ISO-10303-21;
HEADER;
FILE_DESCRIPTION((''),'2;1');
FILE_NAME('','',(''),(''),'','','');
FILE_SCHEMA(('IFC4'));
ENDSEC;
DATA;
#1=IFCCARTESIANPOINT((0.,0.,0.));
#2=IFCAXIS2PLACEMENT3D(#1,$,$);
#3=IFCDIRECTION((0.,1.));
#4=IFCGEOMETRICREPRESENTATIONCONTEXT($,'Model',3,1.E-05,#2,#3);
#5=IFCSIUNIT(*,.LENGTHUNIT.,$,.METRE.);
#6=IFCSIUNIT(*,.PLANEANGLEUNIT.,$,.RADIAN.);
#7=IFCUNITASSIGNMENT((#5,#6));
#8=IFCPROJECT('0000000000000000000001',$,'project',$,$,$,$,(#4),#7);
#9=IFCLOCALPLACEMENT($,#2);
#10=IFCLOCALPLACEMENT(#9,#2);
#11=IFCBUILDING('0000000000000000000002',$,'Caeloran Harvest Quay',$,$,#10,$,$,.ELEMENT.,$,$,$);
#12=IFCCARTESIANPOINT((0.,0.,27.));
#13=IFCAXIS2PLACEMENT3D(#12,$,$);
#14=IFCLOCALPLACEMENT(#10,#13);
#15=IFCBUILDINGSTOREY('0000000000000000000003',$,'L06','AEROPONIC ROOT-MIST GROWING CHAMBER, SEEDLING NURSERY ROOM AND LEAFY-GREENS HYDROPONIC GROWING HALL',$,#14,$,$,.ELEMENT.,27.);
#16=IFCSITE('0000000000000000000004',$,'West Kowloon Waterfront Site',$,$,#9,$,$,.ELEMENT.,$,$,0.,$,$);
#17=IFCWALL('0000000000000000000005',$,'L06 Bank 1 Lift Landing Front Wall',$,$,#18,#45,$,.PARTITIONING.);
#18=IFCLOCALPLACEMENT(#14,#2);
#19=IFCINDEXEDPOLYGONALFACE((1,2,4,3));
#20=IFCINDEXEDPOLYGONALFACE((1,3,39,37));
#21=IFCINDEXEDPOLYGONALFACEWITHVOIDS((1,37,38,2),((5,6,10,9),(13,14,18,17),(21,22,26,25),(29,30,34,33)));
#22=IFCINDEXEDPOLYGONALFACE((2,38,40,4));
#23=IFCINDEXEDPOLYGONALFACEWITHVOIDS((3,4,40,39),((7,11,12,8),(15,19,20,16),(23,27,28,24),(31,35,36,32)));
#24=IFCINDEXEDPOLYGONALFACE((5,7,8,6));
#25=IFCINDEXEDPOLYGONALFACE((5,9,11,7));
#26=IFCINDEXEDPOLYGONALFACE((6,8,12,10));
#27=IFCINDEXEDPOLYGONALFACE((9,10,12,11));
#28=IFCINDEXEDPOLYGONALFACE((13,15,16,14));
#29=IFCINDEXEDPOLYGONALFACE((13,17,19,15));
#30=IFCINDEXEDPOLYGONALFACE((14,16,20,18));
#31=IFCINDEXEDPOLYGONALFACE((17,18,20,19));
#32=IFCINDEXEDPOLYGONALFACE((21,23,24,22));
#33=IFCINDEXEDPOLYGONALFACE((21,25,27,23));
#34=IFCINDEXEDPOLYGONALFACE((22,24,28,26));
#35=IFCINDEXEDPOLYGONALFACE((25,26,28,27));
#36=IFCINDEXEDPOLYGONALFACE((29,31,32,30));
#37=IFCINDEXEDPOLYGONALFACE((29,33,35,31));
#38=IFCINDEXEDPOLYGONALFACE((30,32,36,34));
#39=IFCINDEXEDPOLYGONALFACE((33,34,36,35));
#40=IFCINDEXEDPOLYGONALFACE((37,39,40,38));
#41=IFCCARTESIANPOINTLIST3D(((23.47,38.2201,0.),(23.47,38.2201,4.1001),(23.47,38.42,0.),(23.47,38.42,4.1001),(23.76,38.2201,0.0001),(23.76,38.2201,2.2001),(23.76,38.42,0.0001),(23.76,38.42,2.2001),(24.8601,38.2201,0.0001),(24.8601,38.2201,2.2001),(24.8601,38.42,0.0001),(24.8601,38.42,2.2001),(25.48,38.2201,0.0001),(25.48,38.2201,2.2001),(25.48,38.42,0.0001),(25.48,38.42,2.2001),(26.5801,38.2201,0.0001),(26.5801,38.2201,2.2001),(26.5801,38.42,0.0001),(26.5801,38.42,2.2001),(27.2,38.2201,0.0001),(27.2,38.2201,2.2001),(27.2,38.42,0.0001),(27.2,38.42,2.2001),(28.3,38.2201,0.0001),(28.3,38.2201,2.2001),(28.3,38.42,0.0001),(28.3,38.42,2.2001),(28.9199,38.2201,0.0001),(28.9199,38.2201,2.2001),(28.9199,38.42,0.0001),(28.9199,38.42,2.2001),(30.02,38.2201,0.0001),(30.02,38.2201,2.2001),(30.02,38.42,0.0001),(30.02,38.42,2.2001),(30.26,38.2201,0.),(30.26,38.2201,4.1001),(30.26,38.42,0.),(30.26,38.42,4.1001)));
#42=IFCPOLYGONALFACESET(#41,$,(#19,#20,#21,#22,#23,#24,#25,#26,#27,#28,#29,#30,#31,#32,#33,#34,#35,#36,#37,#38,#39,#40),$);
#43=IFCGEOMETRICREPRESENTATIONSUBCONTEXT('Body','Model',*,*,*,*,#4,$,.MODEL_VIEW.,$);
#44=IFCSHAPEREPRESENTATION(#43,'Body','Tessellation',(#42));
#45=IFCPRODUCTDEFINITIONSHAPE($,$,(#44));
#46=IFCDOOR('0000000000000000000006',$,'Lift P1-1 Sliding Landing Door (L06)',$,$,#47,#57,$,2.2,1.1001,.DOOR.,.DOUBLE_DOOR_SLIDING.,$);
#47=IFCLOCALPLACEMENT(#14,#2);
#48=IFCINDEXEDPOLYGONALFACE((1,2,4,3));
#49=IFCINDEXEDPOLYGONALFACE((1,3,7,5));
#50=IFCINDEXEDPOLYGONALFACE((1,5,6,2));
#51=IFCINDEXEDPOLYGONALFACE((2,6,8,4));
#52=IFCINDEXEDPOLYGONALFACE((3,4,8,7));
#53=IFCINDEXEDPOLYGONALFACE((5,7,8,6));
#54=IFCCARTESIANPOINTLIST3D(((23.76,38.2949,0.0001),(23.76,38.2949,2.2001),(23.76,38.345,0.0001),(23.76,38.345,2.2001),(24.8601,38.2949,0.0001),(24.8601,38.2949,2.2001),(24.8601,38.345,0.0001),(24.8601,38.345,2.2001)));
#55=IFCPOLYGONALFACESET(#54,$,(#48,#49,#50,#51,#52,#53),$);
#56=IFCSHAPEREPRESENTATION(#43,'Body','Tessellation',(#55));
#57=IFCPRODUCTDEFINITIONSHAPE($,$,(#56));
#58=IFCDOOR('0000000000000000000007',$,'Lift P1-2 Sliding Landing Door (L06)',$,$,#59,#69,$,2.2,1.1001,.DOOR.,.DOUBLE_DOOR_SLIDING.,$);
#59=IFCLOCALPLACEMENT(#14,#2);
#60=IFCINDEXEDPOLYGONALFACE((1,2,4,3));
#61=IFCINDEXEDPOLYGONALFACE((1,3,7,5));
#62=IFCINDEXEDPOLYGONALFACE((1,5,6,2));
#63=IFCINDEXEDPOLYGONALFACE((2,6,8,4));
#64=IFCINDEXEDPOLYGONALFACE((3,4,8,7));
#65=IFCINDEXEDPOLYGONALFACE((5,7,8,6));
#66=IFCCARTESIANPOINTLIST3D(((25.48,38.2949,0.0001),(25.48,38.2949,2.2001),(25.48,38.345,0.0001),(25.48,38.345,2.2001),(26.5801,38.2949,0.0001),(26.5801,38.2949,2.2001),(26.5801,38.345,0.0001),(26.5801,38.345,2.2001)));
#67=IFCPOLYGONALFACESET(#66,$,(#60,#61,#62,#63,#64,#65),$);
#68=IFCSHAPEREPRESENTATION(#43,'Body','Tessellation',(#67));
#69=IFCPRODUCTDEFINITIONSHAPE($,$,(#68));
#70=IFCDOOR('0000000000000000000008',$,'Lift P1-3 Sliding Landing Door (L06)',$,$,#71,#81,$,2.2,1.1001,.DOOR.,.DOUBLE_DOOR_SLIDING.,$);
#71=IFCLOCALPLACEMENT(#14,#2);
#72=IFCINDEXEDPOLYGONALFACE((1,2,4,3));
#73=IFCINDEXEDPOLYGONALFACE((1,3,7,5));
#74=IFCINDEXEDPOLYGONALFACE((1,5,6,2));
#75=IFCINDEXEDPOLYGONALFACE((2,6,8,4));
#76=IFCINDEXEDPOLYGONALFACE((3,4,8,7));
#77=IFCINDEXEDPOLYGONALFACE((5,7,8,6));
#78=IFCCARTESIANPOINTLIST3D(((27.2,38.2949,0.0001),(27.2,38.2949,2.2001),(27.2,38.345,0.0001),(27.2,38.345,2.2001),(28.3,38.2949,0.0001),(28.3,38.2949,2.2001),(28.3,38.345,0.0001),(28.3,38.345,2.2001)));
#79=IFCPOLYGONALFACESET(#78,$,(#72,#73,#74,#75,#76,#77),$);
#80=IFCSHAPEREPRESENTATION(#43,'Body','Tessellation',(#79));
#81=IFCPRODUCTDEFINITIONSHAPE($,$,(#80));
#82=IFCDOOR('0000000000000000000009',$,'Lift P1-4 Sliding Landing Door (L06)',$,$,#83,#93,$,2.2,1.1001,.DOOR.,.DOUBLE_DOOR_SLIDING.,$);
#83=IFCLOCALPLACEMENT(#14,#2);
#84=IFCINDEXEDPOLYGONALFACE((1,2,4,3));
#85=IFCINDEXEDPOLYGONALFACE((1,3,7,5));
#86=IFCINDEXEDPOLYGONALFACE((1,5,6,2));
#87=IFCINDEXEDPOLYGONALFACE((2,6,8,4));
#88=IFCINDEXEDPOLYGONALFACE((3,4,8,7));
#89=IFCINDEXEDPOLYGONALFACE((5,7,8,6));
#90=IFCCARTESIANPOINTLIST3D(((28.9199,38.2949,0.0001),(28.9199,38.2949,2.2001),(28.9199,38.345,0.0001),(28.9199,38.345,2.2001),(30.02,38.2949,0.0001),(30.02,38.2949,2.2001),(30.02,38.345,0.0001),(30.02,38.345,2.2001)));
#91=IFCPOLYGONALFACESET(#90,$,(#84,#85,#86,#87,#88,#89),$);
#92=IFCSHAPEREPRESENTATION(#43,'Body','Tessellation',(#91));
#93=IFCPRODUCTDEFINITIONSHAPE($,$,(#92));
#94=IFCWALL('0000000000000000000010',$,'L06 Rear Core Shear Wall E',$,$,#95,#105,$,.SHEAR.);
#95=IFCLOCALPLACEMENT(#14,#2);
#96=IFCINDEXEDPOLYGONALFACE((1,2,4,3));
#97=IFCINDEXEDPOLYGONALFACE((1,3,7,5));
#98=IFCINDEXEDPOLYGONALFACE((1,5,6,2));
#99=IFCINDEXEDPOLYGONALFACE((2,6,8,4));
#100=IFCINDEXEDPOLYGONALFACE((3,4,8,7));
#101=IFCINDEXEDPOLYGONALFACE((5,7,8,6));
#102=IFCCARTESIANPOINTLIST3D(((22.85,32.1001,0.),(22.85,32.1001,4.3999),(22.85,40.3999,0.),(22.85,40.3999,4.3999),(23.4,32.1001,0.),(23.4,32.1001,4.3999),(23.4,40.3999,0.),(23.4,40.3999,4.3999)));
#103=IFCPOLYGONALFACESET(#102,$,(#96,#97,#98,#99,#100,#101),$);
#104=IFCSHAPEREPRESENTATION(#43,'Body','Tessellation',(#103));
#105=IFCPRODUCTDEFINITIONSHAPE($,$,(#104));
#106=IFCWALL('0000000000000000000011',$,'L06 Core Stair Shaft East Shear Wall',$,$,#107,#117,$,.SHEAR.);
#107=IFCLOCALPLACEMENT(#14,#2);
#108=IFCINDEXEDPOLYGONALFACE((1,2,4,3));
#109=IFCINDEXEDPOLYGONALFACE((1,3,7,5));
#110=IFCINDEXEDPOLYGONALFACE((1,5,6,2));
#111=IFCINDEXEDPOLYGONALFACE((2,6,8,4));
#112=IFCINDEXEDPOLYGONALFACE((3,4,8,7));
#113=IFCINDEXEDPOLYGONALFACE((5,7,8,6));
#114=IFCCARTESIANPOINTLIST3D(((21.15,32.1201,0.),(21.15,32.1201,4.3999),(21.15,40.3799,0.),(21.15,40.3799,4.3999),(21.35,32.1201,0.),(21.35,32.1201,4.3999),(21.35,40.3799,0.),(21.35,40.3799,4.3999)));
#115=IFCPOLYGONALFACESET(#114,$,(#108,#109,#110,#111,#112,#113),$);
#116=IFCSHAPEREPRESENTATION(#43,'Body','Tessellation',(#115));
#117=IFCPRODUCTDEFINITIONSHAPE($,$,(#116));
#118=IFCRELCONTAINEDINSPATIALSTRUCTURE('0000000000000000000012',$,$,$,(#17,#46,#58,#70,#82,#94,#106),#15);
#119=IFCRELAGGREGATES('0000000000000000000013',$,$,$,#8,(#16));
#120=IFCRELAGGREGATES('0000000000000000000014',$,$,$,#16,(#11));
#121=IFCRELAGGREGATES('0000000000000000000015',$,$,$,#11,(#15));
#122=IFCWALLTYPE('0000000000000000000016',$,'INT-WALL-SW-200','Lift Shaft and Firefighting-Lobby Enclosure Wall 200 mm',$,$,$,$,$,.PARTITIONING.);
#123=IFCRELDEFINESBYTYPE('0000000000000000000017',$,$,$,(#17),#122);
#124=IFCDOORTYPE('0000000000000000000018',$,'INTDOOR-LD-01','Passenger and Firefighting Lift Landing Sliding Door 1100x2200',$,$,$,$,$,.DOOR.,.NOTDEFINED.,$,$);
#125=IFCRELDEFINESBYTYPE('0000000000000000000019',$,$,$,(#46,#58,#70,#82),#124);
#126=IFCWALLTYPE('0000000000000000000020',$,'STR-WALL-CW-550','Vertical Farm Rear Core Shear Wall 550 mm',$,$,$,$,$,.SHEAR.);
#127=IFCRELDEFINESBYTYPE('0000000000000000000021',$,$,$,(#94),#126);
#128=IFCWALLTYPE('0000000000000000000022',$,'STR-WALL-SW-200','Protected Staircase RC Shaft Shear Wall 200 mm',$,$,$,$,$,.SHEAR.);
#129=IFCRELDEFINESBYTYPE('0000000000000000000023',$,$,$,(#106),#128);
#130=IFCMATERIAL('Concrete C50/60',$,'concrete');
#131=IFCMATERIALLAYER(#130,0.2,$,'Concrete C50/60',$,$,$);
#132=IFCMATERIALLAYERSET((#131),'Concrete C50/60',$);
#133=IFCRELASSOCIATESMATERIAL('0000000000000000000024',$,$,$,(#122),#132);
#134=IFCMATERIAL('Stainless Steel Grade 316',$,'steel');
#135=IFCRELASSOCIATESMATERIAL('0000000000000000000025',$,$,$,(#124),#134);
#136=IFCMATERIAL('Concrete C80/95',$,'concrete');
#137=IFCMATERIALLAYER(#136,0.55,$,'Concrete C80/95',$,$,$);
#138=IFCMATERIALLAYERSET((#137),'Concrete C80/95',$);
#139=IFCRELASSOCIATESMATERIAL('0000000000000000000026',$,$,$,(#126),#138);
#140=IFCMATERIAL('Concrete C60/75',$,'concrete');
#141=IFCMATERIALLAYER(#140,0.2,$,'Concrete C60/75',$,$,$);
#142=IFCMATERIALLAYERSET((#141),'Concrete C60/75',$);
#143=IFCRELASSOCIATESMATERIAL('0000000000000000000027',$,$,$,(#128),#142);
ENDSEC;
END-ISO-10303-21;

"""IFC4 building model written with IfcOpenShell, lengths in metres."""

from ifc_helpers import new_model, si_unit, direction, frame, frame_2d, origin, place, context, subcontext, project, spatial, rectangle, extrude, material, layer, layer_set, type_object, element, fill, save


model = new_model("IFC4")

# Units and contexts
model_context = context("Model", 3, precision=1e-05, world=origin(), true_north=direction((0.0, 1.0)))
body_context = subcontext(model_context, "Body", "Model", "MODEL_VIEW")
ifc_project = project(units=[si_unit("LENGTHUNIT", "METRE"), si_unit("PLANEANGLEUNIT", "RADIAN")], contexts=[model_context])

# Site, building, storey
site_placement = place(None, origin())
site = spatial("IfcSite", under=ifc_project, at=site_placement, Name="West Kowloon Waterfront Site", CompositionType="ELEMENT", RefElevation=0.0)
building_placement = place(site_placement, origin())
building = spatial("IfcBuilding", under=site, at=building_placement, Name="Caeloran Harvest Quay", CompositionType="ELEMENT")
storey_placement = place(building_placement, frame((0.0, 0.0, 27.0)))
storey = spatial("IfcBuildingStorey", under=building, at=storey_placement, Name="L06", Description="AEROPONIC ROOT-MIST GROWING CHAMBER, SEEDLING NURSERY ROOM AND LEAFY-GREENS HYDROPONIC GROWING HALL", CompositionType="ELEMENT", Elevation=27.0)

# Shared definitions
ifc_material_1 = material(Name="Concrete C80/95", Category="concrete")

# Shared definitions
ifc_material_2 = material(Name="Concrete C50/60", Category="concrete")
ifc_layer_1 = layer(ifc_material_2, 0.2, Name="Concrete C50/60")
ifc_layer_set_1 = layer_set([ifc_layer_1], Name="Concrete C50/60")
wall_type_1 = type_object("IfcWallType", Name="INT-WALL-SW-200", Description="Lift Shaft and Firefighting-Lobby Enclosure Wall 200 mm", PredefinedType="PARTITIONING", material=ifc_layer_set_1)
ifc_material_3 = material(Name="Stainless Steel Grade 316", Category="steel")

# Wall, openings, doors
wall_1_placement = place(storey_placement, frame((23.47, 38.3201, 0.0), z_axis=(0.0, 0.0, 1.0), x_axis=(1.0, 0.0, 0.0)))
wall_1 = element("IfcWall", 1, at=wall_1_placement, inside=storey, type_object=wall_type_1, Name="L06 Bank 1 Lift Landing Front Wall", PredefinedType="PARTITIONING", context=body_context, shape_type="SweptSolid", body=[
    extrude(rectangle(XDim=6.79, YDim=0.2, at=frame_2d((3.395, 0.0))), origin(), (0.0, 0.0, 1.0), 4.1001),
])
opening_1_placement = place(wall_1_placement, frame((0.29, 0.0, 0.0)))
opening_1 = element("IfcOpeningElement", 2, at=opening_1_placement, cuts=wall_1, PredefinedType="OPENING", context=body_context, shape_type="SweptSolid", body=[
    extrude(rectangle(XDim=1.1001, YDim=2.2, at=frame_2d((0.55, 1.1001))), frame((0.0, 0.1099, 0.0), z_axis=(0.0, -1.0, 0.0), x_axis=(1.0, 0.0, 0.0)), (0.0, 0.0, 1.0), 0.22),
])
opening_2_placement = place(wall_1_placement, frame((2.01, 0.0, 0.0)))
opening_2 = element("IfcOpeningElement", 3, at=opening_2_placement, cuts=wall_1, PredefinedType="OPENING", context=body_context, shape_type="SweptSolid", body=[
    extrude(rectangle(XDim=1.1001, YDim=2.2, at=frame_2d((0.55, 1.1001))), frame((0.0, 0.1099, 0.0), z_axis=(0.0, -1.0, 0.0), x_axis=(1.0, 0.0, 0.0)), (0.0, 0.0, 1.0), 0.22),
])
opening_3_placement = place(wall_1_placement, frame((3.73, 0.0, 0.0)))
opening_3 = element("IfcOpeningElement", 4, at=opening_3_placement, cuts=wall_1, PredefinedType="OPENING", context=body_context, shape_type="SweptSolid", body=[
    extrude(rectangle(XDim=1.1001, YDim=2.2, at=frame_2d((0.55, 1.1001))), frame((0.0, 0.1099, 0.0), z_axis=(0.0, -1.0, 0.0), x_axis=(1.0, 0.0, 0.0)), (0.0, 0.0, 1.0), 0.22),
])
opening_4_placement = place(wall_1_placement, frame((5.45, 0.0, 0.0)))
opening_4 = element("IfcOpeningElement", 5, at=opening_4_placement, cuts=wall_1, PredefinedType="OPENING", context=body_context, shape_type="SweptSolid", body=[
    extrude(rectangle(XDim=1.1001, YDim=2.2, at=frame_2d((0.55, 1.1001))), frame((0.0, 0.1099, 0.0), z_axis=(0.0, -1.0, 0.0), x_axis=(1.0, 0.0, 0.0)), (0.0, 0.0, 1.0), 0.22),
])
door_type_1 = type_object("IfcDoorType", Name="INTDOOR-LD-01", Description="Passenger and Firefighting Lift Landing Sliding Door 1100x2200", OperationType="NOTDEFINED", PredefinedType="DOOR", material=ifc_material_3)
door_1_placement = place(opening_1_placement, origin())
door_1 = element("IfcDoor", 6, at=door_1_placement, inside=storey, type_object=door_type_1, Name="Lift P1-1 Sliding Landing Door (L06)", OperationType="DOUBLE_DOOR_SLIDING", OverallHeight=2.2, OverallWidth=1.1001, PredefinedType="DOOR", context=body_context, shape_type="SweptSolid", body=[
    extrude(rectangle(XDim=1.1001, YDim=2.2, at=frame_2d((0.55, 1.1001))), frame((0.0, 0.0249, 0.0), z_axis=(0.0, -1.0, 0.0), x_axis=(1.0, 0.0, 0.0)), (0.0, 0.0, 1.0), 0.05),
])
fill(opening_1, door_1)
door_2_placement = place(opening_2_placement, origin())
door_2 = element("IfcDoor", 7, at=door_2_placement, inside=storey, type_object=door_type_1, Name="Lift P1-2 Sliding Landing Door (L06)", OperationType="DOUBLE_DOOR_SLIDING", OverallHeight=2.2, OverallWidth=1.1001, PredefinedType="DOOR", context=body_context, shape_type="SweptSolid", body=[
    extrude(rectangle(XDim=1.1001, YDim=2.2, at=frame_2d((0.55, 1.1001))), frame((0.0, 0.0249, 0.0), z_axis=(0.0, -1.0, 0.0), x_axis=(1.0, 0.0, 0.0)), (0.0, 0.0, 1.0), 0.05),
])
fill(opening_2, door_2)
door_3_placement = place(opening_3_placement, origin())
door_3 = element("IfcDoor", 8, at=door_3_placement, inside=storey, type_object=door_type_1, Name="Lift P1-3 Sliding Landing Door (L06)", OperationType="DOUBLE_DOOR_SLIDING", OverallHeight=2.2, OverallWidth=1.1001, PredefinedType="DOOR", context=body_context, shape_type="SweptSolid", body=[
    extrude(rectangle(XDim=1.1001, YDim=2.2, at=frame_2d((0.55, 1.1001))), frame((0.0, 0.0249, 0.0), z_axis=(0.0, -1.0, 0.0), x_axis=(1.0, 0.0, 0.0)), (0.0, 0.0, 1.0), 0.05),
])
fill(opening_3, door_3)
door_4_placement = place(opening_4_placement, origin())
door_4 = element("IfcDoor", 9, at=door_4_placement, inside=storey, type_object=door_type_1, Name="Lift P1-4 Sliding Landing Door (L06)", OperationType="DOUBLE_DOOR_SLIDING", OverallHeight=2.2, OverallWidth=1.1001, PredefinedType="DOOR", context=body_context, shape_type="SweptSolid", body=[
    extrude(rectangle(XDim=1.1001, YDim=2.2, at=frame_2d((0.55, 1.1001))), frame((0.0, 0.0249, 0.0), z_axis=(0.0, -1.0, 0.0), x_axis=(1.0, 0.0, 0.0)), (0.0, 0.0, 1.0), 0.05),
])
fill(opening_4, door_4)

# Walls
ifc_layer_2 = layer(ifc_material_1, 0.55, Name="Concrete C80/95")
ifc_layer_set_2 = layer_set([ifc_layer_2], Name="Concrete C80/95")
wall_type_2 = type_object("IfcWallType", Name="STR-WALL-CW-550", Description="Vertical Farm Rear Core Shear Wall 550 mm", PredefinedType="SHEAR", material=ifc_layer_set_2)
wall_2_placement = place(storey_placement, frame((23.125, 32.1001, 0.0), z_axis=(0.0, 0.0, 1.0), x_axis=(0.0, 1.0, 0.0)))
element("IfcWall", 10, at=wall_2_placement, inside=storey, type_object=wall_type_2, Name="L06 Rear Core Shear Wall E", PredefinedType="SHEAR", context=body_context, shape_type="SweptSolid", body=[
    extrude(rectangle(XDim=8.2998, YDim=0.55, at=frame_2d((4.1499, 0.0))), origin(), (0.0, 0.0, 1.0), 4.3999),
])
ifc_material_4 = material(Name="Concrete C60/75", Category="concrete")
ifc_layer_3 = layer(ifc_material_4, 0.2, Name="Concrete C60/75")
ifc_layer_set_3 = layer_set([ifc_layer_3], Name="Concrete C60/75")
wall_type_3 = type_object("IfcWallType", Name="STR-WALL-SW-200", Description="Protected Staircase RC Shaft Shear Wall 200 mm", PredefinedType="SHEAR", material=ifc_layer_set_3)
wall_3_placement = place(storey_placement, frame((21.25, 32.1201, 0.0), z_axis=(0.0, 0.0, 1.0), x_axis=(0.0, 1.0, 0.0)))
element("IfcWall", 11, at=wall_3_placement, inside=storey, type_object=wall_type_3, Name="L06 Core Stair Shaft East Shear Wall", PredefinedType="SHEAR", context=body_context, shape_type="SweptSolid", body=[
    extrude(rectangle(XDim=8.2598, YDim=0.2, at=frame_2d((4.1299, 0.0))), origin(), (0.0, 0.0, 1.0), 4.3999),
])

save(model, "model.ifc")
